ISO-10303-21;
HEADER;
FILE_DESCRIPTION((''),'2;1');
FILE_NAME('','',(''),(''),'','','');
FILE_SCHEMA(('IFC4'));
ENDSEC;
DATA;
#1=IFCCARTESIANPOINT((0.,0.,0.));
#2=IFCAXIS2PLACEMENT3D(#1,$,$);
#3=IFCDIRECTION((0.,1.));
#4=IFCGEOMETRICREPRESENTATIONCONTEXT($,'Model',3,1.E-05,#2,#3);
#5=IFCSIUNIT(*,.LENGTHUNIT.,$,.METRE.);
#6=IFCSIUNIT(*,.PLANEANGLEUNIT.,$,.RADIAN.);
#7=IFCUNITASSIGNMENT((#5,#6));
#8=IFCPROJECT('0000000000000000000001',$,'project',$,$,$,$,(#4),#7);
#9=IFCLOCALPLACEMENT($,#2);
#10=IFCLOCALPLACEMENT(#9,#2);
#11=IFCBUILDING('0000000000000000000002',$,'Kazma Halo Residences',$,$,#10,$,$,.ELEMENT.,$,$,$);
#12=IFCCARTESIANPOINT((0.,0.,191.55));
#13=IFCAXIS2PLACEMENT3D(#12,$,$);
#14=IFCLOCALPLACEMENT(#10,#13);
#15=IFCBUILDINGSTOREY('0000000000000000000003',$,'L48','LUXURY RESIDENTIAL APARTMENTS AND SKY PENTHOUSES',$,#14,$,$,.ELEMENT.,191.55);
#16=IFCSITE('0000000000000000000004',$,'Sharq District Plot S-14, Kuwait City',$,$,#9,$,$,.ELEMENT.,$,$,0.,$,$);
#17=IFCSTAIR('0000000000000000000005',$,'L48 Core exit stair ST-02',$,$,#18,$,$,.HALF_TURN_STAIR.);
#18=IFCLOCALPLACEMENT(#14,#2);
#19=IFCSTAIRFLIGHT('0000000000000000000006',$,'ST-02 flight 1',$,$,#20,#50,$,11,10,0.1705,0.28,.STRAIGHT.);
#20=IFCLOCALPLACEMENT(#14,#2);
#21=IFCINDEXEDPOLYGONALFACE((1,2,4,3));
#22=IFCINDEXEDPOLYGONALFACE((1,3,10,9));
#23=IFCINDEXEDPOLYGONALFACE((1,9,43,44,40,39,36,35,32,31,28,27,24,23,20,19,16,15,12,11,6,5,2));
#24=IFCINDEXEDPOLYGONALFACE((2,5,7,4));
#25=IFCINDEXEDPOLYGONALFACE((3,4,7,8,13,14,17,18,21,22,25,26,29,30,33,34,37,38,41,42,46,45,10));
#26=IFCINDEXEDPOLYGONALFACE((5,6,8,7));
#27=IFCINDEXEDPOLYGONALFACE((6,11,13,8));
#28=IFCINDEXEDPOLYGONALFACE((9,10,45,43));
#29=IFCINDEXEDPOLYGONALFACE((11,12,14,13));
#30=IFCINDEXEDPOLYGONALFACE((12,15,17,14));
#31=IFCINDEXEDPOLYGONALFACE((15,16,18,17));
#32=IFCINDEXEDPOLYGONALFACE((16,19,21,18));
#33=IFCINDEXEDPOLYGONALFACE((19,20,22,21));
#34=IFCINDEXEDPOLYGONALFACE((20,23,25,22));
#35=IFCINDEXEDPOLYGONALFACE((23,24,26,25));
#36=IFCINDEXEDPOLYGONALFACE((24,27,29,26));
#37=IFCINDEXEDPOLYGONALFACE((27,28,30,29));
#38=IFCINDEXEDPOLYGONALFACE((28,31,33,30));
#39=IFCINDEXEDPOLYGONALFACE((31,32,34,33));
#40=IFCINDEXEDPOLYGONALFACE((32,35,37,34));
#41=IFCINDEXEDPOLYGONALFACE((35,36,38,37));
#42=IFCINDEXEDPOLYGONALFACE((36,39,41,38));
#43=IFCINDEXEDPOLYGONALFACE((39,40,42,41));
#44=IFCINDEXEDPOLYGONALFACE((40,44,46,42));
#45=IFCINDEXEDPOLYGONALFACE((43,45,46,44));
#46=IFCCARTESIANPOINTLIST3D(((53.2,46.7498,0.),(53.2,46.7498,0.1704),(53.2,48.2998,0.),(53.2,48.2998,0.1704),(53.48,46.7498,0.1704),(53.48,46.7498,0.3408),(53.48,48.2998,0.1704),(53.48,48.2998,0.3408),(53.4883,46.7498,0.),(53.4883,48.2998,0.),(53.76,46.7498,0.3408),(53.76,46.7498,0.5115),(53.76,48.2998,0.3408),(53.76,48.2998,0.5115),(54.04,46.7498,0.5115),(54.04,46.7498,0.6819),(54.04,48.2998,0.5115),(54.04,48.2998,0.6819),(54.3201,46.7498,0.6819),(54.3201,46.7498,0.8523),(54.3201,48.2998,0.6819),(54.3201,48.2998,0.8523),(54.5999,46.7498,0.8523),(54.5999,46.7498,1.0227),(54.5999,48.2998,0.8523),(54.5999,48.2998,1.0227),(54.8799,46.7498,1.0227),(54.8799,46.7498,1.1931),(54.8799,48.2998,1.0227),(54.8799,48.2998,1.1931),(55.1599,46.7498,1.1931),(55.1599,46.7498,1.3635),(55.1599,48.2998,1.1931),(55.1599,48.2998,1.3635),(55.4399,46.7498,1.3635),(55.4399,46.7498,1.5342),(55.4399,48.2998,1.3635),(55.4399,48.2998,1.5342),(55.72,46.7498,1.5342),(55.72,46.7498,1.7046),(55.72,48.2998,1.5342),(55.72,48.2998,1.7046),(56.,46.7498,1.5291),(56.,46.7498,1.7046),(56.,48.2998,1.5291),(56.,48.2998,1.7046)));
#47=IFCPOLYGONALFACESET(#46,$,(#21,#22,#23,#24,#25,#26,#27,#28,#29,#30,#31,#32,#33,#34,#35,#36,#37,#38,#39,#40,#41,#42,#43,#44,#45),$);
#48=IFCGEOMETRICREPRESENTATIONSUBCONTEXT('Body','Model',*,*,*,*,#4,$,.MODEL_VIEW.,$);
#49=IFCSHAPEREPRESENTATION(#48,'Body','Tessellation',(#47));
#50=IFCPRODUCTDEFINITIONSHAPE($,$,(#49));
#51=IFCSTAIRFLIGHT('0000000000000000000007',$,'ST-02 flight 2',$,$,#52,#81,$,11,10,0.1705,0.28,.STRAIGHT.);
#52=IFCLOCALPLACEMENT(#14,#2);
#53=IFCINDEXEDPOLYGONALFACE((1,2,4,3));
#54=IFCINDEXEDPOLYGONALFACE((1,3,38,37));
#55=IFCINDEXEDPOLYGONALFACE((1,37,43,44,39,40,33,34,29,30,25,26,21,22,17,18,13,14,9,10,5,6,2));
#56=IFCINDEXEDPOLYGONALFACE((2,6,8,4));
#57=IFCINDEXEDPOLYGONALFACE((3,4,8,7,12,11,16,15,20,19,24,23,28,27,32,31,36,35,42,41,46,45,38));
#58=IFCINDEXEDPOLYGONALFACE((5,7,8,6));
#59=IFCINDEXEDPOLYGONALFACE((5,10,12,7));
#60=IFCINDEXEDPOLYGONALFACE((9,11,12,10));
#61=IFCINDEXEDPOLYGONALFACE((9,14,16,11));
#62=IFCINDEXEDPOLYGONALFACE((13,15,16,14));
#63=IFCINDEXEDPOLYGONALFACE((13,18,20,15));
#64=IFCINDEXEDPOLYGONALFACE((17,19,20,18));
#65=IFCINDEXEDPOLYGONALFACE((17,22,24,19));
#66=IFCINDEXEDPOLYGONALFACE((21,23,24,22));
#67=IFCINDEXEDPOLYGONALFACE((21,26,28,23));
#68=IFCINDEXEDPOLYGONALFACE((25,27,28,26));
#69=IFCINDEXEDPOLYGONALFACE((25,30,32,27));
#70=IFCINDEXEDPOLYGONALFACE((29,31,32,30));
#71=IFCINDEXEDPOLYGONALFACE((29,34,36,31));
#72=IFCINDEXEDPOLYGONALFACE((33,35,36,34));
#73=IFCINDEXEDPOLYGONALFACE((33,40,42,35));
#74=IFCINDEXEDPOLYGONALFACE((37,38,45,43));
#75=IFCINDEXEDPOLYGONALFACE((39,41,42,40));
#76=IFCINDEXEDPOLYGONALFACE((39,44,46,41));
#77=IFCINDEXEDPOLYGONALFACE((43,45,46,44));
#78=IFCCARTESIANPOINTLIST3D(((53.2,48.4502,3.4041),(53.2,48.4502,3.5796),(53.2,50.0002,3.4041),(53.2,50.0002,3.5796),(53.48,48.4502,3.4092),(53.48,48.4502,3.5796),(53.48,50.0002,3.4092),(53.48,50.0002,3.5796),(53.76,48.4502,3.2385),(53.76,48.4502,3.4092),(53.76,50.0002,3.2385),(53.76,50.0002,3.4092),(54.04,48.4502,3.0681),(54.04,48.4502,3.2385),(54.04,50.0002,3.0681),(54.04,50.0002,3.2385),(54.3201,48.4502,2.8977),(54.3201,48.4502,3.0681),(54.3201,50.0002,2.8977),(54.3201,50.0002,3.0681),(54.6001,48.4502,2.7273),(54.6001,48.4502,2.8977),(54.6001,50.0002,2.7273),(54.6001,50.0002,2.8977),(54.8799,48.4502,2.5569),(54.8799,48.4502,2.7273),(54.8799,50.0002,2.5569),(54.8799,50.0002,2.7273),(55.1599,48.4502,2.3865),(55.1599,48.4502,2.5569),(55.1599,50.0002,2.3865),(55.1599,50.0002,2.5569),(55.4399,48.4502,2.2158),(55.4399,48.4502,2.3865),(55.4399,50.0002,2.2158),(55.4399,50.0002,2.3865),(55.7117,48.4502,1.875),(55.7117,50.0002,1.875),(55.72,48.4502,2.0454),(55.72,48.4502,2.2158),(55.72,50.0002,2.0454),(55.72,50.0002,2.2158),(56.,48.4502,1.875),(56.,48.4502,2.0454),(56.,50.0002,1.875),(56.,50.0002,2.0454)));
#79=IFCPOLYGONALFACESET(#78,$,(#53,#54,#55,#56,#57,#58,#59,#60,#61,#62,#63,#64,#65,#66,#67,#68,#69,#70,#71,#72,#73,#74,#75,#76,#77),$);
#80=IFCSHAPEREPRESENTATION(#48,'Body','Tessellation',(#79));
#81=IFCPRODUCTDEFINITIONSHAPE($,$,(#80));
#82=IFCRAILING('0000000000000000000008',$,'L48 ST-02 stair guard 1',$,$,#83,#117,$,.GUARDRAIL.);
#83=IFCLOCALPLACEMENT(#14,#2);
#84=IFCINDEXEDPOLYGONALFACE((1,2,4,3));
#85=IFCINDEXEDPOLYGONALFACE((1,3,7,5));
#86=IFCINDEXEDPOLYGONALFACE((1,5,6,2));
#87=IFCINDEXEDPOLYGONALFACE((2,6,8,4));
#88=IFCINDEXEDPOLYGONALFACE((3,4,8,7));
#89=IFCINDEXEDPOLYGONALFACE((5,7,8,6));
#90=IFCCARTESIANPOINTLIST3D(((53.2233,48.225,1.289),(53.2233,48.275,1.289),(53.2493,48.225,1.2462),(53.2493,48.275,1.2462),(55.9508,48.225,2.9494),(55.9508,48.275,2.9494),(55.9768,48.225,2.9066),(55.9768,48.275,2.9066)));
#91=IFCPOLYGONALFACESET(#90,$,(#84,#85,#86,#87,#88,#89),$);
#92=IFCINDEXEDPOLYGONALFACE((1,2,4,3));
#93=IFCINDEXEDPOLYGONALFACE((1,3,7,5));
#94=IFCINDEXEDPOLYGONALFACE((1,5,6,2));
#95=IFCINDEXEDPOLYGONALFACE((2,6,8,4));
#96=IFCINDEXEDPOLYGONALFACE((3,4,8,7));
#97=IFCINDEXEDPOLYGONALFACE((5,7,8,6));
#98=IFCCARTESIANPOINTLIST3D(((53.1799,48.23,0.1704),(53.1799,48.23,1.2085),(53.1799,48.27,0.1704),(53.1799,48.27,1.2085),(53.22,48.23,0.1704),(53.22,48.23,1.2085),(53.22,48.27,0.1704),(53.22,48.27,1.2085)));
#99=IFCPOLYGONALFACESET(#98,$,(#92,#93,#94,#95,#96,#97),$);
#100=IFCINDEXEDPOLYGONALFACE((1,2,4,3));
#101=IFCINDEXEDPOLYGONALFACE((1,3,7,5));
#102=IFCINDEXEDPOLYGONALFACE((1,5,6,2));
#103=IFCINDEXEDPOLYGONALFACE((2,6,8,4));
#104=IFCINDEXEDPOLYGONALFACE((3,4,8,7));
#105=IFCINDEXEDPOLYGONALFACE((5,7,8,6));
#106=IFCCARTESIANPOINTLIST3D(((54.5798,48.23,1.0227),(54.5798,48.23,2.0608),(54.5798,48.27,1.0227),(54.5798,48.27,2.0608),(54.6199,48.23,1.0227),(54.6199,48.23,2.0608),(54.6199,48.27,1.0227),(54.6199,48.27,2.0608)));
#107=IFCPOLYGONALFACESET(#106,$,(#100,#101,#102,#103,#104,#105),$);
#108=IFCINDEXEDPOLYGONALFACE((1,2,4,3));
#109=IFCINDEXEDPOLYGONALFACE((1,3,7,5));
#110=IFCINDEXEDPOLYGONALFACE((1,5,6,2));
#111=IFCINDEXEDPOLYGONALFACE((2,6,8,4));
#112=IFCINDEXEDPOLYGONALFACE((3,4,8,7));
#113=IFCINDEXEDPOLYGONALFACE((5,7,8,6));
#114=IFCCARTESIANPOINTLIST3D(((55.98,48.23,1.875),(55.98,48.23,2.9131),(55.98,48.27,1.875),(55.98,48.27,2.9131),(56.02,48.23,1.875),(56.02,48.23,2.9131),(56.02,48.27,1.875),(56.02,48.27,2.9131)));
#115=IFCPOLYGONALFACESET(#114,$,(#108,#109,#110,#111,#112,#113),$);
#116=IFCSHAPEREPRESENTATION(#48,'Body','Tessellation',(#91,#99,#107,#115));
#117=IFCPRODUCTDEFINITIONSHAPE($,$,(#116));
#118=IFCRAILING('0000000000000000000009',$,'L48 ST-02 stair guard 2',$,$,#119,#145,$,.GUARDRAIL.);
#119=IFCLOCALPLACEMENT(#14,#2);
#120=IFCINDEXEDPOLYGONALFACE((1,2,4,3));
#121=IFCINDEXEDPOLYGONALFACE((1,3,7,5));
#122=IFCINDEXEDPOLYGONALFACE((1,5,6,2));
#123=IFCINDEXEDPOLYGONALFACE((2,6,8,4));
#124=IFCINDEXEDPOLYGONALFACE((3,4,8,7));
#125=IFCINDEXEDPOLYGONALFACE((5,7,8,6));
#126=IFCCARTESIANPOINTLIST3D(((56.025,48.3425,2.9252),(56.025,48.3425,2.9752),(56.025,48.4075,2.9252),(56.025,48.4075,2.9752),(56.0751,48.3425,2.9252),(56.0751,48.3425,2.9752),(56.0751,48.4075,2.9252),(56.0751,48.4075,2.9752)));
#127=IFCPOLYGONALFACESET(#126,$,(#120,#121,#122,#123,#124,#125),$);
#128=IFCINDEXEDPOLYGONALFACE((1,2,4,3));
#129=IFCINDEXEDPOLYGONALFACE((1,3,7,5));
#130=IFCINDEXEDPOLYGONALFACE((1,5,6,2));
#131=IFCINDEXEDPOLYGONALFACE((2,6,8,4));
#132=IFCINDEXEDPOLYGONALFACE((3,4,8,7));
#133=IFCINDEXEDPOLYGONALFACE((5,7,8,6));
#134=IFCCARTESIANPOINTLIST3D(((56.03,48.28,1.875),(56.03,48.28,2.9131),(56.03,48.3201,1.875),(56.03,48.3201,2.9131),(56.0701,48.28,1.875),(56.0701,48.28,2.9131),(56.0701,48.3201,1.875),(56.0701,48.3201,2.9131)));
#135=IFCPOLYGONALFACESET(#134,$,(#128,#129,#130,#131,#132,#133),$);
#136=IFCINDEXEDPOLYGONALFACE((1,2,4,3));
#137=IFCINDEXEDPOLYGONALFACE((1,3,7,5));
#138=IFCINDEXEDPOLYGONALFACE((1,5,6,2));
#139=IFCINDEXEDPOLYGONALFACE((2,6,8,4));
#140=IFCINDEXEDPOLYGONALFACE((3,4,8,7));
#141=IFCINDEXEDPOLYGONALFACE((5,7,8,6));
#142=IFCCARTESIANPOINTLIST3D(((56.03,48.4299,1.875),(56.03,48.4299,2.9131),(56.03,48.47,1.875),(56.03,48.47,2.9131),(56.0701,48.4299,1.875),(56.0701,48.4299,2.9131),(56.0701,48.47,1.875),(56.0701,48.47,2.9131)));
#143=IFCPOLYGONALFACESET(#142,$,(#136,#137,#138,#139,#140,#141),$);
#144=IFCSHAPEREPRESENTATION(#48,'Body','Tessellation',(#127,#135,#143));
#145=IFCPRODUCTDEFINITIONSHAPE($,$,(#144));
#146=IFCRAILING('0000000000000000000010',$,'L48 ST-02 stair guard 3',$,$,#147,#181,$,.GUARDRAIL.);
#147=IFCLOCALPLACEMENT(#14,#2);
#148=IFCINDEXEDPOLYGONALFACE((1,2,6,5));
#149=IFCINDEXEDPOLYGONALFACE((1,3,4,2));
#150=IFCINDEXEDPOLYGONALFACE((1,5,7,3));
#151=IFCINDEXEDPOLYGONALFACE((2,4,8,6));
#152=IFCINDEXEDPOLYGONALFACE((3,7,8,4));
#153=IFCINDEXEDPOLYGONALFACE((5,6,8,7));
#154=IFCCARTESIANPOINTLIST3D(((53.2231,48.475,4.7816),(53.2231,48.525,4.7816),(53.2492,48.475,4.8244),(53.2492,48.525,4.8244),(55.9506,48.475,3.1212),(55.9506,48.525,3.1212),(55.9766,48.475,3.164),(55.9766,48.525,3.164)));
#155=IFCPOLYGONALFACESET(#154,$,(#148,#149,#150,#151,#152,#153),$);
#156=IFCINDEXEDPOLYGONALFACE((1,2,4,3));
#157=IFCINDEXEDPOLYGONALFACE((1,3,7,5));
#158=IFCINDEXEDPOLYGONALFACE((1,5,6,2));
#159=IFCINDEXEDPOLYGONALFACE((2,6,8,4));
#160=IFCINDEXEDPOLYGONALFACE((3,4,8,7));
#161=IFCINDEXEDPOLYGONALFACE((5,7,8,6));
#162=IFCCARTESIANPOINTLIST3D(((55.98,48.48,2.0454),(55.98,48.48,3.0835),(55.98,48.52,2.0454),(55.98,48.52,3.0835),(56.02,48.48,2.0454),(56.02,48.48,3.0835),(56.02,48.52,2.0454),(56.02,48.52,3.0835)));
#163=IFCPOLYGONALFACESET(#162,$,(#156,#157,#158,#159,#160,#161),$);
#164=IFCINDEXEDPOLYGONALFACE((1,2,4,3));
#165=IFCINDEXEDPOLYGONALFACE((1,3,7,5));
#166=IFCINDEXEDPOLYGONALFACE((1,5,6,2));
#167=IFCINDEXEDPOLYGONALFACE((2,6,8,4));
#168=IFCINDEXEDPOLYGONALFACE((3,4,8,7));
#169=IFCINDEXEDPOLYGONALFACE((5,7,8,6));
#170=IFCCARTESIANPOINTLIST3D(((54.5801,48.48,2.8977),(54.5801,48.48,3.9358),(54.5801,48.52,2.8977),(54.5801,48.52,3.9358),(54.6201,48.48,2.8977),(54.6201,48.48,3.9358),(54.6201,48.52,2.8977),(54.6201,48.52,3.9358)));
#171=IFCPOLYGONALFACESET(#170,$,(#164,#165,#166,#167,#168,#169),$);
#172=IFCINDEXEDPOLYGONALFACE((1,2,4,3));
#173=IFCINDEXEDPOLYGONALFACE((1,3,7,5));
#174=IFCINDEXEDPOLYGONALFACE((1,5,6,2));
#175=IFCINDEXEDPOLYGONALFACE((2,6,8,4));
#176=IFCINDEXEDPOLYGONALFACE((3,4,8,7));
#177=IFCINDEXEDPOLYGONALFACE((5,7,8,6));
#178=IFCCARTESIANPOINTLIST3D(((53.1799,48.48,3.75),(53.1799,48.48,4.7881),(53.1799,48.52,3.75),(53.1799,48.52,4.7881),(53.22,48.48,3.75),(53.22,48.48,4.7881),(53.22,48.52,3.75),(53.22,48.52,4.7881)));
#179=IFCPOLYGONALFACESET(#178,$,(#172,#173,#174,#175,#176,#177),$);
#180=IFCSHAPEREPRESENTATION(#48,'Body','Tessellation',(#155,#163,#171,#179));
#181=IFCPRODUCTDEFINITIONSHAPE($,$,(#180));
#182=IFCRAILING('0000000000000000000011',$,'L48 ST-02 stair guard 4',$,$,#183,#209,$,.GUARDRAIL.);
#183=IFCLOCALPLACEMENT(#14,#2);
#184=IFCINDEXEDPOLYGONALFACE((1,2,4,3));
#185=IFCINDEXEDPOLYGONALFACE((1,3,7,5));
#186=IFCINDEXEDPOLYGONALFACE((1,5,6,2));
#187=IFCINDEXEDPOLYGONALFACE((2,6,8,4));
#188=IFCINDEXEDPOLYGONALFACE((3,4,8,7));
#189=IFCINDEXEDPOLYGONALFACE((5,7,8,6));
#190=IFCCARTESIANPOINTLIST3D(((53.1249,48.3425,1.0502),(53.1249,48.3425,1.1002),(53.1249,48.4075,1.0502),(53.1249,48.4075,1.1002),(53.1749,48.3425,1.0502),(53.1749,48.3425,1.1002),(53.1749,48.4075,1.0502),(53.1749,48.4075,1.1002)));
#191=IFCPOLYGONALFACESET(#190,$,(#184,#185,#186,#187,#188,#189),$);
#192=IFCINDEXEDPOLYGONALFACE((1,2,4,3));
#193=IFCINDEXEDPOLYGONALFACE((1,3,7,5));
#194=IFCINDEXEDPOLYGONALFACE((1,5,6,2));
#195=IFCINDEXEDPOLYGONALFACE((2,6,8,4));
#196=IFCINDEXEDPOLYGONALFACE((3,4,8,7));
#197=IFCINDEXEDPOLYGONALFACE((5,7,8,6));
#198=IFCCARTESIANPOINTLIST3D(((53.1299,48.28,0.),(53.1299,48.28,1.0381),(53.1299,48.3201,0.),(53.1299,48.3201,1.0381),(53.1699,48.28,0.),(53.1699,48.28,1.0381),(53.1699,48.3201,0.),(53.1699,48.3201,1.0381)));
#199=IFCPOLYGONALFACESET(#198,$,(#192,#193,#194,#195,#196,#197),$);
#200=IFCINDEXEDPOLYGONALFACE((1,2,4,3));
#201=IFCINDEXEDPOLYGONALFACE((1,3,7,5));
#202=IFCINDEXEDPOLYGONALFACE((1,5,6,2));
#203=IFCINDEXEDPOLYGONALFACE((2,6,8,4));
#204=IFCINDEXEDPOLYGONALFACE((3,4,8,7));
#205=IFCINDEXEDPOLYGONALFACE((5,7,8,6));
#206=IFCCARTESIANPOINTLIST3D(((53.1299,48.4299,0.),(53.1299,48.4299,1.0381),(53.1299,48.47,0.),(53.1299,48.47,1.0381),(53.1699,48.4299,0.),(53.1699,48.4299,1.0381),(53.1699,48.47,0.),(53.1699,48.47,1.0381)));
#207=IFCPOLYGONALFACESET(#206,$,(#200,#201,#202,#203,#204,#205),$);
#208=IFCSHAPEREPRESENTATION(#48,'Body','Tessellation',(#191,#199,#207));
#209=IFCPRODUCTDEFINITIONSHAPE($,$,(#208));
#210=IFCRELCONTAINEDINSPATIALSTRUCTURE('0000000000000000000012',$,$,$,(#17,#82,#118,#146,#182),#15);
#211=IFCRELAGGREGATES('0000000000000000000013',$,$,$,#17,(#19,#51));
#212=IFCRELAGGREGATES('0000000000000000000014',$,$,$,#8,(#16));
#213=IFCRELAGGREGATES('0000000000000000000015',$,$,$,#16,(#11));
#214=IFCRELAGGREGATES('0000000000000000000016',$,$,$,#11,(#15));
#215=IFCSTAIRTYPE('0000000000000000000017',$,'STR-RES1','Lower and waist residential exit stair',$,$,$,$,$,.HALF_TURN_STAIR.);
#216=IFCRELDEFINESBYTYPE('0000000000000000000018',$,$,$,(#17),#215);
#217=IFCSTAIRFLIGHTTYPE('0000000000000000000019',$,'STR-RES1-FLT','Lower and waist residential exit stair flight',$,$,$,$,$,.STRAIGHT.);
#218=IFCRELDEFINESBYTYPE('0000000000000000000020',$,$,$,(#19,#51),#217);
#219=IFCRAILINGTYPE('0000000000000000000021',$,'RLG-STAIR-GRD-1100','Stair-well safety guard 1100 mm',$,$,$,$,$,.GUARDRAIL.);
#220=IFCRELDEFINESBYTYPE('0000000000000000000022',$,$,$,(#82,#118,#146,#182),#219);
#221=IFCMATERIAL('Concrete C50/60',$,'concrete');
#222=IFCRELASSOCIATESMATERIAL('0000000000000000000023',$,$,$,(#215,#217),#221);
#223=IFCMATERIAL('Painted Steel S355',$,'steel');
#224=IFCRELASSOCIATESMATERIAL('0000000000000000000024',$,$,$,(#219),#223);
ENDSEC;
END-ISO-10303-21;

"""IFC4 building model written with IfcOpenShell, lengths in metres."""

from ifc_helpers import new_model, si_unit, direction, frame, origin, origin_2d, place, context, subcontext, project, spatial, polyline, rectangle, outline, extrude, material, type_object, element, aggregate, save


model = new_model("IFC4")

# Units and contexts
model_context = context("Model", 3, precision=1e-05, world=origin(), true_north=direction((0.0, 1.0)))
body_context = subcontext(model_context, "Body", "Model", "MODEL_VIEW")
ifc_project = project(units=[si_unit("LENGTHUNIT", "METRE"), si_unit("PLANEANGLEUNIT", "RADIAN")], contexts=[model_context])

# Site, building, storey
site_placement = place(None, origin())
site = spatial("IfcSite", under=ifc_project, at=site_placement, Name="Sharq District Plot S-14, Kuwait City", CompositionType="ELEMENT", RefElevation=0.0)
building_placement = place(site_placement, origin())
building = spatial("IfcBuilding", under=site, at=building_placement, Name="Kazma Halo Residences", CompositionType="ELEMENT")
storey_placement = place(building_placement, frame((0.0, 0.0, 191.55)))
storey = spatial("IfcBuildingStorey", under=building, at=storey_placement, Name="L48", Description="LUXURY RESIDENTIAL APARTMENTS AND SKY PENTHOUSES", CompositionType="ELEMENT", Elevation=191.55)

# Shared definitions
ifc_material_1 = material(Name="Concrete C50/60", Category="concrete")

# Stair, stair flights
stair_type = type_object("IfcStairType", Name="STR-RES1", Description="Lower and waist residential exit stair", PredefinedType="HALF_TURN_STAIR", material=ifc_material_1)
stair_placement = place(storey_placement, origin())
stair = element("IfcStair", 1, at=stair_placement, inside=storey, type_object=stair_type, Name="L48 Core exit stair ST-02", PredefinedType="HALF_TURN_STAIR")
stair_flight_type = type_object("IfcStairFlightType", Name="STR-RES1-FLT", Description="Lower and waist residential exit stair flight", PredefinedType="STRAIGHT", material=ifc_material_1)
stair_flight_1_placement = place(storey_placement, frame((53.2, 47.5249, 0.0), z_axis=(0.0, 0.0, 1.0), x_axis=(1.0, 0.0, 0.0)))
stair_flight_1 = element("IfcStairFlight", 2, at=stair_flight_1_placement, type_object=stair_flight_type, Name="ST-02 flight 1", NumberOfRisers=11, NumberOfTreads=10, PredefinedType="STRAIGHT", RiserHeight=0.1705, TreadLength=0.28, context=body_context, shape_type="SweptSolid", body=[
    extrude(outline(polyline([(0.0, 0.0), (0.0, 0.1704), (0.28, 0.1704), (0.28, 0.3408), (0.5601, 0.3408), (0.5601, 0.5115), (0.8401, 0.5115), (0.8401, 0.6819), (1.1201, 0.6819), (1.1201, 0.8523), (1.3999, 0.8523), (1.3999, 1.0227), (1.6799, 1.0227), (1.6799, 1.1931), (1.96, 1.1931), (1.96, 1.3635), (2.24, 1.3635), (2.24, 1.5342), (2.52, 1.5342), (2.52, 1.7046), (2.8, 1.7046), (2.8, 1.875), (2.8, 1.5291), (0.2883, 0.0), (0.0, 0.0)])), frame((0.0, 0.7749, 0.0), z_axis=(0.0, -1.0, 0.0), x_axis=(1.0, 0.0, 0.0)), (0.0, 0.0, 1.0), 1.55),
])
stair_flight_2_placement = place(storey_placement, frame((56.0, 49.2251, 1.875), z_axis=(0.0, 0.0, 1.0), x_axis=(-1.0, 0.0, 0.0)))
stair_flight_2 = element("IfcStairFlight", 3, at=stair_flight_2_placement, type_object=stair_flight_type, Name="ST-02 flight 2", NumberOfRisers=11, NumberOfTreads=10, PredefinedType="STRAIGHT", RiserHeight=0.1705, TreadLength=0.28, context=body_context, shape_type="SweptSolid", body=[
    extrude(outline(polyline([(0.0, 0.0), (0.0, 0.1704), (0.28, 0.1704), (0.28, 0.3408), (0.5601, 0.3408), (0.5601, 0.5115), (0.8401, 0.5115), (0.8401, 0.6819), (1.1201, 0.6819), (1.1201, 0.8523), (1.3999, 0.8523), (1.3999, 1.0227), (1.6799, 1.0227), (1.6799, 1.1931), (1.96, 1.1931), (1.96, 1.3635), (2.24, 1.3635), (2.24, 1.5342), (2.52, 1.5342), (2.52, 1.7046), (2.8, 1.7046), (2.8, 1.875), (2.8, 1.5291), (0.2883, 0.0), (0.0, 0.0)])), frame((0.0, 0.7749, 0.0), z_axis=(0.0, -1.0, 0.0), x_axis=(1.0, 0.0, 0.0)), (0.0, 0.0, 1.0), 1.55),
])
aggregate(stair, [stair_flight_1, stair_flight_2])

# Railings
ifc_material_2 = material(Name="Painted Steel S355", Category="steel")
railing_type_1 = type_object("IfcRailingType", Name="RLG-STAIR-GRD-1100", Description="Stair-well safety guard 1100 mm", PredefinedType="GUARDRAIL", material=ifc_material_2)
railing_1_placement = place(storey_placement, frame((53.2, 48.25, 0.1704)))
element("IfcRailing", 4, at=railing_1_placement, inside=storey, type_object=railing_type_1, Name="L48 ST-02 stair guard 1", PredefinedType="GUARDRAIL", context=body_context, shape_type="SweptSolid", body=[
    extrude(rectangle(XDim=0.05, YDim=0.05, at=origin_2d()), frame((0.0364, 0.0, 1.0972), z_axis=(0.85417, 0.0, 0.519994), x_axis=(0.0, 1.0, 0.0)), (0.0, 0.0, 1.0), 3.1931),
    extrude(rectangle(XDim=0.04, YDim=0.04, at=origin_2d()), origin(), (0.0, 0.0, 1.0), 1.0381),
    extrude(rectangle(XDim=0.04, YDim=0.04, at=origin_2d()), frame((1.3999, 0.0, 0.8523)), (0.0, 0.0, 1.0), 1.0381),
    extrude(rectangle(XDim=0.04, YDim=0.04, at=origin_2d()), frame((2.8, 0.0, 1.7046)), (0.0, 0.0, 1.0), 1.0381),
])
railing_2_placement = place(storey_placement, frame((56.05, 48.3, 1.875)))
element("IfcRailing", 5, at=railing_2_placement, inside=storey, type_object=railing_type_1, Name="L48 ST-02 stair guard 2", PredefinedType="GUARDRAIL", context=body_context, shape_type="SweptSolid", body=[
    extrude(rectangle(XDim=0.05, YDim=0.05, at=origin_2d()), frame((0.0, 0.0425, 1.0752), z_axis=(0.0, 1.0, 0.0), x_axis=(-1.0, 0.0, 0.0)), (0.0, 0.0, 1.0), 0.0649),
    extrude(rectangle(XDim=0.04, YDim=0.04, at=origin_2d()), origin(), (0.0, 0.0, 1.0), 1.0381),
    extrude(rectangle(XDim=0.04, YDim=0.04, at=origin_2d()), frame((0.0, 0.1499, 0.0)), (0.0, 0.0, 1.0), 1.0381),
])
railing_3_placement = place(storey_placement, frame((56.0, 48.5, 2.0454)))
element("IfcRailing", 6, at=railing_3_placement, inside=storey, type_object=railing_type_1, Name="L48 ST-02 stair guard 3", PredefinedType="GUARDRAIL", context=body_context, shape_type="SweptSolid", body=[
    extrude(rectangle(XDim=0.05, YDim=0.05, at=origin_2d()), frame((-0.0364, 0.0, 1.0972), z_axis=(-0.85417, 0.0, 0.519994), x_axis=(0.0, -1.0, 0.0)), (0.0, 0.0, 1.0), 3.1931),
    extrude(rectangle(XDim=0.04, YDim=0.04, at=origin_2d()), origin(), (0.0, 0.0, 1.0), 1.0381),
    extrude(rectangle(XDim=0.04, YDim=0.04, at=origin_2d()), frame((-1.3999, 0.0, 0.8523)), (0.0, 0.0, 1.0), 1.0381),
    extrude(rectangle(XDim=0.04, YDim=0.04, at=origin_2d()), frame((-2.8, 0.0, 1.7046)), (0.0, 0.0, 1.0), 1.0381),
])
railing_4_placement = place(storey_placement, frame((53.1499, 48.3, 0.0)))
element("IfcRailing", 7, at=railing_4_placement, inside=storey, type_object=railing_type_1, Name="L48 ST-02 stair guard 4", PredefinedType="GUARDRAIL", context=body_context, shape_type="SweptSolid", body=[
    extrude(rectangle(XDim=0.05, YDim=0.05, at=origin_2d()), frame((0.0, 0.0425, 1.0752), z_axis=(0.0, 1.0, 0.0), x_axis=(-1.0, 0.0, 0.0)), (0.0, 0.0, 1.0), 0.0649),
    extrude(rectangle(XDim=0.04, YDim=0.04, at=origin_2d()), origin(), (0.0, 0.0, 1.0), 1.0381),
    extrude(rectangle(XDim=0.04, YDim=0.04, at=origin_2d()), frame((0.0, 0.1499, 0.0)), (0.0, 0.0, 1.0), 1.0381),
])

save(model, "model.ifc")
